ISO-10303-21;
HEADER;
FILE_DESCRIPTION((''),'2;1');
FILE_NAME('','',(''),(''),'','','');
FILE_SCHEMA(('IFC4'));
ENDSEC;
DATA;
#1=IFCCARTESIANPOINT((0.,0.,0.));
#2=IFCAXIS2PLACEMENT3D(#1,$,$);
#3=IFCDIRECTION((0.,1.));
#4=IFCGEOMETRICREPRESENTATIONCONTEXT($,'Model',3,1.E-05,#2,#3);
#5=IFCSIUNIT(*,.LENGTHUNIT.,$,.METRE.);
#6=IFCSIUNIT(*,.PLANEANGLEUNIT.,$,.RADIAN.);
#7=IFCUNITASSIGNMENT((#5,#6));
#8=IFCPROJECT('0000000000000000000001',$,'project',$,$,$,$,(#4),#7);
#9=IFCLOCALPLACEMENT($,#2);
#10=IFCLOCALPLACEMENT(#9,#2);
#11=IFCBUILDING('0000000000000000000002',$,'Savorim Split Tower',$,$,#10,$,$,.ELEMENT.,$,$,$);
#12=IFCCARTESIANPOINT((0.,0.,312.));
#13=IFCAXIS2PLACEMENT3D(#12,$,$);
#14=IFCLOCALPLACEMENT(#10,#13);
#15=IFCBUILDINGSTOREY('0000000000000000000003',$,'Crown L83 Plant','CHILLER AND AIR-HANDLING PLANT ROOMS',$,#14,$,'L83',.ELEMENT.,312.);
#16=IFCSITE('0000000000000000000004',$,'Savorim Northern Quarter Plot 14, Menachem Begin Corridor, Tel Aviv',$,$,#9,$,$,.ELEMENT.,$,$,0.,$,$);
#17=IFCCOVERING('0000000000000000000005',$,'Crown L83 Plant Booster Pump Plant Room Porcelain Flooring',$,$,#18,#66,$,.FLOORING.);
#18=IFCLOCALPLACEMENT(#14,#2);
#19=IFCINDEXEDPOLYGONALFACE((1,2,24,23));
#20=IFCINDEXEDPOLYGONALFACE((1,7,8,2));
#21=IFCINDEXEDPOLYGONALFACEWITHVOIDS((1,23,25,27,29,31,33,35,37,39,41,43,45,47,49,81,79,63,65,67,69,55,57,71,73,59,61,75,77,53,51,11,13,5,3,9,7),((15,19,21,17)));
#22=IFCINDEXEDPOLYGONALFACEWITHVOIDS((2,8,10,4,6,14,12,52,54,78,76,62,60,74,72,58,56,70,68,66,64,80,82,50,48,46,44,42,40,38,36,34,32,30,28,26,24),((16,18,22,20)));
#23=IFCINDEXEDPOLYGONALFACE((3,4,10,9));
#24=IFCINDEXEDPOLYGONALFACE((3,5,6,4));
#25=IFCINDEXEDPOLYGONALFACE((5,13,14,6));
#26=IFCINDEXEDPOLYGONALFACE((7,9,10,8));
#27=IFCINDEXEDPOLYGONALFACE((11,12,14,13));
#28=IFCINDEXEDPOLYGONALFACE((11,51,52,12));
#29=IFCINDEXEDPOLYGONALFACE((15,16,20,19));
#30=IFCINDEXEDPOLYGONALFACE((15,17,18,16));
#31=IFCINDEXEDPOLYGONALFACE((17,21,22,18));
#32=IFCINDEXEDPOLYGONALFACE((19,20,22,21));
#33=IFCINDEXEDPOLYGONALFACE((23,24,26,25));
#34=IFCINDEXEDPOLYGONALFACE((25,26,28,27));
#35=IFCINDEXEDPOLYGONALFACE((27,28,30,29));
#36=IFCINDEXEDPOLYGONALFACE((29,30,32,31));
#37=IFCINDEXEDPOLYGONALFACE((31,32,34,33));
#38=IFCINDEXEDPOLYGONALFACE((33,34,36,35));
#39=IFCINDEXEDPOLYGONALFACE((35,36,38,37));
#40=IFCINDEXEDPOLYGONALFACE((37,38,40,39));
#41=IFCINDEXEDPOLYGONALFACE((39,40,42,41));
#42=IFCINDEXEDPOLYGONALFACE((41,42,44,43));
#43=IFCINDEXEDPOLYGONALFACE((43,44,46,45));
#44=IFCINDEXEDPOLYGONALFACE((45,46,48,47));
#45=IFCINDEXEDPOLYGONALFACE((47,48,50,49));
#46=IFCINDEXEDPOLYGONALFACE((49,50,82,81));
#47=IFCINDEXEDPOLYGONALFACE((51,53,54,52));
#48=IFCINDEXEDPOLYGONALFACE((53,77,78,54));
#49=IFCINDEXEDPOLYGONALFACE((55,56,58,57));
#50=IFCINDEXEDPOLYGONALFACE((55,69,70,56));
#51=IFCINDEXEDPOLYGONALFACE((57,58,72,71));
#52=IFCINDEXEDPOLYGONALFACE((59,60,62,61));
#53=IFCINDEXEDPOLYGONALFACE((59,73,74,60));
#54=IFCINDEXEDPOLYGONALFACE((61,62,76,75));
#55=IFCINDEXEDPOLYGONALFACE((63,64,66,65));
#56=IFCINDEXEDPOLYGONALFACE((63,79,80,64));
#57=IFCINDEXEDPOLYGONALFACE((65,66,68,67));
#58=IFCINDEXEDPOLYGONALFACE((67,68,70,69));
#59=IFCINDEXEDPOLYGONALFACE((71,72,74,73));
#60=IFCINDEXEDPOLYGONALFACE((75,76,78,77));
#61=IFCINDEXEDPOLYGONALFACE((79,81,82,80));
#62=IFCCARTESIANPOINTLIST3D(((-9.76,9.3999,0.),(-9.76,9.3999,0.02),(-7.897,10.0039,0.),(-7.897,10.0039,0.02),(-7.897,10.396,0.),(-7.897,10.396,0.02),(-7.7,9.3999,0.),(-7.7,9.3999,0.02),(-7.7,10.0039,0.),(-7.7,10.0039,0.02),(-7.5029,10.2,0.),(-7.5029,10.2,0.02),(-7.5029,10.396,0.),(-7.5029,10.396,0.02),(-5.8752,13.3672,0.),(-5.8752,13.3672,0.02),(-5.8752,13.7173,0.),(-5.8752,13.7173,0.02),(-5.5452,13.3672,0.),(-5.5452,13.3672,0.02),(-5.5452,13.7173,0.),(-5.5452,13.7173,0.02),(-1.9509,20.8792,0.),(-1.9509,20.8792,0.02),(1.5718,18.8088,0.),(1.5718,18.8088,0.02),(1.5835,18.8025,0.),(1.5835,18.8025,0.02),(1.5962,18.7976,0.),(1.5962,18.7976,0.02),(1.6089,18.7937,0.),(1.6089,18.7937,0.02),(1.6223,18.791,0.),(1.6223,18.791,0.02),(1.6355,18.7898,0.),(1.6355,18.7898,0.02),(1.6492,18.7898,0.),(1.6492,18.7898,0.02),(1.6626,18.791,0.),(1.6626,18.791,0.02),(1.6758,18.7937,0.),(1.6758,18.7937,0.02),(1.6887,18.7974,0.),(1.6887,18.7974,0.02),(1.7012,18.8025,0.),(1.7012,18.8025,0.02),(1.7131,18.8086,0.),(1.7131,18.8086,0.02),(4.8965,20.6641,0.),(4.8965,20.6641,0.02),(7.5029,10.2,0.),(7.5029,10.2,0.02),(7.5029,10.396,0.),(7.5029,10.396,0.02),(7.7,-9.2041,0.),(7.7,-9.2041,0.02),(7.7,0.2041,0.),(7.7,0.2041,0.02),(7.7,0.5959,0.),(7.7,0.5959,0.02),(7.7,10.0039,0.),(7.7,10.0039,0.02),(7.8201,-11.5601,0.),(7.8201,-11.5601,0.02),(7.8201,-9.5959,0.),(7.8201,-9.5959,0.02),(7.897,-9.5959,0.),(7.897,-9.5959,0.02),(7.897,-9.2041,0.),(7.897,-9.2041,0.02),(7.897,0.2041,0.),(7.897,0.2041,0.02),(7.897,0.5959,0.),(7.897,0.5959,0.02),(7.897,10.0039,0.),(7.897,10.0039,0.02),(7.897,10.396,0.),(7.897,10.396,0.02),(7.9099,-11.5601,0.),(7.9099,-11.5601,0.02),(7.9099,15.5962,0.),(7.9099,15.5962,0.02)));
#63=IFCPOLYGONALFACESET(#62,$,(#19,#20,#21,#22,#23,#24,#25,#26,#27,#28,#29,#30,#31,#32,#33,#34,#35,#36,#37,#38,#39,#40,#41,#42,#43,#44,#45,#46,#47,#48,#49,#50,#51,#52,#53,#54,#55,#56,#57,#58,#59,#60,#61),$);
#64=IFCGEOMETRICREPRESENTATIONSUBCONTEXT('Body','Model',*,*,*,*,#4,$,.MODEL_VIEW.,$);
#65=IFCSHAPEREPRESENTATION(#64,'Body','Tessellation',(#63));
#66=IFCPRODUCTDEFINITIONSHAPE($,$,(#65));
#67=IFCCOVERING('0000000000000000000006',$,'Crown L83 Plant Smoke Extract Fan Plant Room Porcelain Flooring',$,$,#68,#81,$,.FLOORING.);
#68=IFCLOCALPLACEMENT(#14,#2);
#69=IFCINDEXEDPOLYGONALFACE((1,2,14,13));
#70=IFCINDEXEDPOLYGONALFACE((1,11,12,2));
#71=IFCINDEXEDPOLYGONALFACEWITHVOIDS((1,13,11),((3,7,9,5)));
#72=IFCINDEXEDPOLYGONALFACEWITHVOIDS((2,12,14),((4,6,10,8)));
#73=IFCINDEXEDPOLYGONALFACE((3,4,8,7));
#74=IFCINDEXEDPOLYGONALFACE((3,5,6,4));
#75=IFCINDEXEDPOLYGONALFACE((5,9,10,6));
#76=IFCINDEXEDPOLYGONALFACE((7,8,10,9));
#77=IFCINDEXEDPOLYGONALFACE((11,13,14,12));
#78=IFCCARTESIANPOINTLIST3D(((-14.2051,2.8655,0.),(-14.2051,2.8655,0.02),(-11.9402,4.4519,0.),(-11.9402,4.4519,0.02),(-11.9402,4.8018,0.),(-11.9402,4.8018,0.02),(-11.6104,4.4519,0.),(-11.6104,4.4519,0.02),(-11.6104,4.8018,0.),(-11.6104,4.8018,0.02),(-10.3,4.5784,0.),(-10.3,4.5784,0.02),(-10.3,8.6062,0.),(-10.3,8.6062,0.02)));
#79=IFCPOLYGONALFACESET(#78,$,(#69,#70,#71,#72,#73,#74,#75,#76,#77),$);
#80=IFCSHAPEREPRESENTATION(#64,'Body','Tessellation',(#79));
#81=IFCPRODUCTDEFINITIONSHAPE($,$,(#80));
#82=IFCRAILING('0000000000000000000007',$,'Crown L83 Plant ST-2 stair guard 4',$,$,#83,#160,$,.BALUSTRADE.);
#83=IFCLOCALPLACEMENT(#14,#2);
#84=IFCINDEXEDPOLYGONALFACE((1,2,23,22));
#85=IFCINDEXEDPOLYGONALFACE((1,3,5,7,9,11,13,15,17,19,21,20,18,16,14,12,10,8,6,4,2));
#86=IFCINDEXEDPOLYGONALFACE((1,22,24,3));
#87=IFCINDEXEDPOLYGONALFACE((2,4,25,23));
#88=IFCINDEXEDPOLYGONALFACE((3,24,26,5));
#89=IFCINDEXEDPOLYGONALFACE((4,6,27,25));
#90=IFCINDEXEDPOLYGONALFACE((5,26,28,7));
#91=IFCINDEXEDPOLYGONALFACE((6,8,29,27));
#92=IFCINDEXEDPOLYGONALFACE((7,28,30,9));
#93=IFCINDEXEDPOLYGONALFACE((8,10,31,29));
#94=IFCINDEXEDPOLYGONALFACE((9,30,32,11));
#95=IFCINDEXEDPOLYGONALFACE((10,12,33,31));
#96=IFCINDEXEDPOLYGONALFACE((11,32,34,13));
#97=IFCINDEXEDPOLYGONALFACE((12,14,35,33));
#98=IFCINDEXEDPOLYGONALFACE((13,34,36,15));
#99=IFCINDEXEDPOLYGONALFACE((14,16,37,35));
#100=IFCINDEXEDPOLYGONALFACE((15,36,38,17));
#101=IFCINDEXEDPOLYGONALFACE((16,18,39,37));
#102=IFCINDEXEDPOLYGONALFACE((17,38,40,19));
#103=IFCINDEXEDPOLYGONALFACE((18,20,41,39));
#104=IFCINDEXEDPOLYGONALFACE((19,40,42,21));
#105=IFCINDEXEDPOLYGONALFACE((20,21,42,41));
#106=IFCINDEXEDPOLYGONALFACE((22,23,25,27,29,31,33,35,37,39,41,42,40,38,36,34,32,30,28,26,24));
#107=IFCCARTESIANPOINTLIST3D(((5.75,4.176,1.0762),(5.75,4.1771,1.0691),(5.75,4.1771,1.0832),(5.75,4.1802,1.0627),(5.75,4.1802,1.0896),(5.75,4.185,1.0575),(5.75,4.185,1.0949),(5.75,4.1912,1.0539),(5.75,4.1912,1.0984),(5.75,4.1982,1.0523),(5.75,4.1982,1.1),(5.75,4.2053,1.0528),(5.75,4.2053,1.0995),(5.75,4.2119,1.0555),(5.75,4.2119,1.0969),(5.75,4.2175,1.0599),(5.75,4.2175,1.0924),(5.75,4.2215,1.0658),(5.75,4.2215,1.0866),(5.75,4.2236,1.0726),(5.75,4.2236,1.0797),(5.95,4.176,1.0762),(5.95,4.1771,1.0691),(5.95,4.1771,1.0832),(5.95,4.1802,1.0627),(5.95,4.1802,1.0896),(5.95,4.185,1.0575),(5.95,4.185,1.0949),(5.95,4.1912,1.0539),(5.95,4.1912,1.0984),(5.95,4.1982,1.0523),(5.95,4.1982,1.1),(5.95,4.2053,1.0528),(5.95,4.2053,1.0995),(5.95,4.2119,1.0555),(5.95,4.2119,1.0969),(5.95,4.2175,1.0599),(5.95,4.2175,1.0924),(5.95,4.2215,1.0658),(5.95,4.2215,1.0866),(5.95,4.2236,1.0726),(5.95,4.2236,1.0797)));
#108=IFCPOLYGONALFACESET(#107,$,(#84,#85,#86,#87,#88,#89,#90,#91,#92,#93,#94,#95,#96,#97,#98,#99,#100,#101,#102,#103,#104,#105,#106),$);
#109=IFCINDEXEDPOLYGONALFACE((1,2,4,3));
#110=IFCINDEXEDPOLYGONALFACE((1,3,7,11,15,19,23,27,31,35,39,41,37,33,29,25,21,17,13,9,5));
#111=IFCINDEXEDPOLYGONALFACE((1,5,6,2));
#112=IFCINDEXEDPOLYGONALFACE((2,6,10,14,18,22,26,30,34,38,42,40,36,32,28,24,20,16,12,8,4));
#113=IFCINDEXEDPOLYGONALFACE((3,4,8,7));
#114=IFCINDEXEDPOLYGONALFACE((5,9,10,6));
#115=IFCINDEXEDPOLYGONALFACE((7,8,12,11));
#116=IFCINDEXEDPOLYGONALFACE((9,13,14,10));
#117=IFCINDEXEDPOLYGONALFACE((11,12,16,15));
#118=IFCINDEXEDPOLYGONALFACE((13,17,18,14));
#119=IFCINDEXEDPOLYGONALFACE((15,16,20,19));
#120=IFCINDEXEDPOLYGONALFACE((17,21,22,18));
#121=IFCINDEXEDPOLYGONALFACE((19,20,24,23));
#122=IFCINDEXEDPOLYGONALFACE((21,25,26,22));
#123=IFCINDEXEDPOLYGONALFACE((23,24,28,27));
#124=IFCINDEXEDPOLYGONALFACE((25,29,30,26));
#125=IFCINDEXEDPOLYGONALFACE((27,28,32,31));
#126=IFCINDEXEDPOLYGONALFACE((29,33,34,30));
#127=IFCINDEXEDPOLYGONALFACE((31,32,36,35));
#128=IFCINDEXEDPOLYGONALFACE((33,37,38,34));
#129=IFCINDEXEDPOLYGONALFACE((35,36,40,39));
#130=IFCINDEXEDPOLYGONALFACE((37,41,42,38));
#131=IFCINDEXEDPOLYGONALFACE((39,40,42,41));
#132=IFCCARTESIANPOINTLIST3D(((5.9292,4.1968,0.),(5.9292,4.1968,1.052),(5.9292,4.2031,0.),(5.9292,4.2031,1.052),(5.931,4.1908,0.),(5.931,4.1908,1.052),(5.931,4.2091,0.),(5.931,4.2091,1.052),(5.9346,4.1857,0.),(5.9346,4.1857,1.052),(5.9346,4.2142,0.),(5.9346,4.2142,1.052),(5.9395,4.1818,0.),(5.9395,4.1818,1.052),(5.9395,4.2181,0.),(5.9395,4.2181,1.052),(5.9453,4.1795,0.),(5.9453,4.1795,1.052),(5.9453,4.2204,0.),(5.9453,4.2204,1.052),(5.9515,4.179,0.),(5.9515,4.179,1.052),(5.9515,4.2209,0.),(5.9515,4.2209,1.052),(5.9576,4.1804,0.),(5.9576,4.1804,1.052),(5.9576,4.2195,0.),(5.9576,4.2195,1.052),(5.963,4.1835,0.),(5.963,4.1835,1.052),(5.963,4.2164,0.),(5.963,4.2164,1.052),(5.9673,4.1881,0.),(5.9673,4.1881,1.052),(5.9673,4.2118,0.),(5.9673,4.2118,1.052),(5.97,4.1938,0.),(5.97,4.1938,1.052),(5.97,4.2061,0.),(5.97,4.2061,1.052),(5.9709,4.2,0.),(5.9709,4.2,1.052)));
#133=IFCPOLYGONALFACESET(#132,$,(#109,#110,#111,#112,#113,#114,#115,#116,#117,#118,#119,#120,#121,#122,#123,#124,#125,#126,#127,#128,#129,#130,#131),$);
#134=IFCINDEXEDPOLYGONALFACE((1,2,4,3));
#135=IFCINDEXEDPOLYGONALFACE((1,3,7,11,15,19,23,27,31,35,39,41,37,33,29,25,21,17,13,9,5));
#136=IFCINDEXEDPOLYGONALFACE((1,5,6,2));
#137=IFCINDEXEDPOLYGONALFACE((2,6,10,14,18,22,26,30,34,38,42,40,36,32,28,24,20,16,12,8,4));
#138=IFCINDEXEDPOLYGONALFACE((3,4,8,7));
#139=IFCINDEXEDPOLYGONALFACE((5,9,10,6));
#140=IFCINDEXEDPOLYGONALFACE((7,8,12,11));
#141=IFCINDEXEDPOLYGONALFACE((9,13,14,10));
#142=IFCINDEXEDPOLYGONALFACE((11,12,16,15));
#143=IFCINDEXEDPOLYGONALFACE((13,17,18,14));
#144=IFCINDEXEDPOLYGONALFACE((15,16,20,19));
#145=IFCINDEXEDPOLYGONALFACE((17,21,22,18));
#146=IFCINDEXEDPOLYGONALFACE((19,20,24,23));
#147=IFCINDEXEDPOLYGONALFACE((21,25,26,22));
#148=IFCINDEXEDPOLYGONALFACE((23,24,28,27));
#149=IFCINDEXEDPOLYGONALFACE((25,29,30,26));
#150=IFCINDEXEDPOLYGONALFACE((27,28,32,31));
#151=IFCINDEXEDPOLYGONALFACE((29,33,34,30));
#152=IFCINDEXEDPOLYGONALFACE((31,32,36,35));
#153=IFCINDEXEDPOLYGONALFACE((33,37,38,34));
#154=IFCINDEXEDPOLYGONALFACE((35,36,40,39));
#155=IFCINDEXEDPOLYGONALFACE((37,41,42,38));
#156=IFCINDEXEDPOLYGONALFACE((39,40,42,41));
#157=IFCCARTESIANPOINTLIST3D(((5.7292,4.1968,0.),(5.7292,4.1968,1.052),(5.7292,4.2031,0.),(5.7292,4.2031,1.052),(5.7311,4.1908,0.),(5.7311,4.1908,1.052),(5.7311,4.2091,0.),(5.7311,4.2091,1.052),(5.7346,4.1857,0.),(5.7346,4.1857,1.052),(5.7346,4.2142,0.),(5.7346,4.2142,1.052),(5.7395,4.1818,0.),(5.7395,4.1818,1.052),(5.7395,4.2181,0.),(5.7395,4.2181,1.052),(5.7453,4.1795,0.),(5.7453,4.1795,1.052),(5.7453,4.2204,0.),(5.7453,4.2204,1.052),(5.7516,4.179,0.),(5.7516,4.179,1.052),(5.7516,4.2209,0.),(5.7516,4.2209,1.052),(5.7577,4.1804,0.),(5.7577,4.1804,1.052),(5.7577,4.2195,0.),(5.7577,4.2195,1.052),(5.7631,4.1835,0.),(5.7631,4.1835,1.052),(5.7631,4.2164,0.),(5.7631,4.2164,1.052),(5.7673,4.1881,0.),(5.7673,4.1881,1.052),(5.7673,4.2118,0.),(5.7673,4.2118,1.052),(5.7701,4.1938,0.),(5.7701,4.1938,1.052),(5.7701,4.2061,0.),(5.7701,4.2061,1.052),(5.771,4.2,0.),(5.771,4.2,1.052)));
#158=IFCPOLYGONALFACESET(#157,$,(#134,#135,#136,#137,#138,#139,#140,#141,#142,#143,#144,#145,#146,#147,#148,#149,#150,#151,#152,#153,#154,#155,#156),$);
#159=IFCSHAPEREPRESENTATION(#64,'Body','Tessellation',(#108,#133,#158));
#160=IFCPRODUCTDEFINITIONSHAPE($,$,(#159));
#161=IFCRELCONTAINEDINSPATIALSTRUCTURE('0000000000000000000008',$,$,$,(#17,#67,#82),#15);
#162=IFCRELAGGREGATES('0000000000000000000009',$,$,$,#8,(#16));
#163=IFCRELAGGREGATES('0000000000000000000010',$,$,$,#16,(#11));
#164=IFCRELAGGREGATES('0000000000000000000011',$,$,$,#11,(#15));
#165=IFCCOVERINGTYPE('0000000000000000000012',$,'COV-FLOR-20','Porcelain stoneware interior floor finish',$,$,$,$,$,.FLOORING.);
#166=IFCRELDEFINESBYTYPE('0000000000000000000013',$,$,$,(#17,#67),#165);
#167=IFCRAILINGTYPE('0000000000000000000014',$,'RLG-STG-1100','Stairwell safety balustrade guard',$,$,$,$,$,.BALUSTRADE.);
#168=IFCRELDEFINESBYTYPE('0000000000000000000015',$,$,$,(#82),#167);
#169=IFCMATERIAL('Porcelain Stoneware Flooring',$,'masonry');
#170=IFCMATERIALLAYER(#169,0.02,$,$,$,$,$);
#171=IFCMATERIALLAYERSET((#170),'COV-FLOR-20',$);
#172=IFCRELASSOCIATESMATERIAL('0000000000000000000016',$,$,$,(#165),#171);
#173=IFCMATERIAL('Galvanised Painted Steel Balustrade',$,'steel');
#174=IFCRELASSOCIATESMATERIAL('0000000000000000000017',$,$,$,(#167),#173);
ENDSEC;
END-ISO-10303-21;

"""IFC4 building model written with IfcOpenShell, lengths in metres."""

from ifc_helpers import new_model, si_unit, direction, frame, origin, origin_2d, place, context, subcontext, project, spatial, polyline, circle, outline, extrude, material, layer, layer_set, type_object, element, save


model = new_model("IFC4")

# Units and contexts
model_context = context("Model", 3, precision=1e-05, world=origin(), true_north=direction((0.0, 1.0)))
body_context = subcontext(model_context, "Body", "Model", "MODEL_VIEW")
ifc_project = project(units=[si_unit("LENGTHUNIT", "METRE"), si_unit("PLANEANGLEUNIT", "RADIAN")], contexts=[model_context])

# Site, building, storey
site_placement = place(None, origin())
site = spatial("IfcSite", under=ifc_project, at=site_placement, Name="Savorim Northern Quarter Plot 14, Menachem Begin Corridor, Tel Aviv", CompositionType="ELEMENT", RefElevation=0.0)
building_placement = place(site_placement, origin())
building = spatial("IfcBuilding", under=site, at=building_placement, Name="Savorim Split Tower", CompositionType="ELEMENT")
storey_placement = place(building_placement, frame((0.0, 0.0, 312.0)))
storey = spatial("IfcBuildingStorey", under=building, at=storey_placement, Name="Crown L83 Plant", Description="CHILLER AND AIR-HANDLING PLANT ROOMS", LongName="L83", CompositionType="ELEMENT", Elevation=312.0)

# Coverings
ifc_material_1 = material(Name="Porcelain Stoneware Flooring", Category="masonry")
ifc_layer_1 = layer(ifc_material_1, 0.02)
ifc_layer_set_1 = layer_set([ifc_layer_1], Name="COV-FLOR-20")
covering_type_1 = type_object("IfcCoveringType", Name="COV-FLOR-20", Description="Porcelain stoneware interior floor finish", PredefinedType="FLOORING", material=ifc_layer_set_1)
covering_1_placement = place(storey_placement, origin())
element("IfcCovering", 1, at=covering_1_placement, inside=storey, type_object=covering_type_1, Name="Crown L83 Plant Booster Pump Plant Room Porcelain Flooring", PredefinedType="FLOORING", context=body_context, shape_type="SweptSolid", body=[
    extrude(outline(polyline([(1.5835, 18.8025), (1.5718, 18.8088), (-1.9509, 20.8792), (-9.76, 9.3999), (-7.7, 9.3999), (-7.7, 10.0039), (-7.897, 10.0039), (-7.897, 10.396), (-7.5029, 10.396), (-7.5029, 10.2), (7.5029, 10.2), (7.5029, 10.396), (7.897, 10.396), (7.897, 10.0039), (7.7, 10.0039), (7.7, 0.5959), (7.897, 0.5959), (7.897, 0.2041), (7.7, 0.2041), (7.7, -9.2041), (7.897, -9.2041), (7.897, -9.5959), (7.8201, -9.5959), (7.8201, -11.5601), (7.9099, -11.5601), (7.9099, 15.5962), (4.8965, 20.6641), (1.7131, 18.8086), (1.7012, 18.8025), (1.6887, 18.7974), (1.6758, 18.7937), (1.6626, 18.791), (1.6492, 18.7898), (1.6355, 18.7898), (1.6223, 18.791), (1.6089, 18.7937), (1.5962, 18.7976), (1.5835, 18.8025)]), holes=[polyline([(-5.5452, 13.7173), (-5.8752, 13.7173), (-5.8752, 13.3672), (-5.5452, 13.3672), (-5.5452, 13.7173)])]), origin(), (0.0, 0.0, 1.0), 0.02),
])
covering_2_placement = place(storey_placement, origin())
element("IfcCovering", 2, at=covering_2_placement, inside=storey, type_object=covering_type_1, Name="Crown L83 Plant Smoke Extract Fan Plant Room Porcelain Flooring", PredefinedType="FLOORING", context=body_context, shape_type="SweptSolid", body=[
    extrude(outline(polyline([(-14.2051, 2.8655), (-10.3, 4.5784), (-10.3, 8.6062), (-14.2051, 2.8655)]), holes=[polyline([(-11.6104, 4.4519), (-11.6104, 4.8018), (-11.9402, 4.8018), (-11.9402, 4.4519), (-11.6104, 4.4519)])]), origin(), (0.0, 0.0, 1.0), 0.02),
])

# Railing
ifc_material_2 = material(Name="Galvanised Painted Steel Balustrade", Category="steel")
railing_type = type_object("IfcRailingType", Name="RLG-STG-1100", Description="Stairwell safety balustrade guard", PredefinedType="BALUSTRADE", material=ifc_material_2)
railing_placement = place(storey_placement, frame((5.95, 4.2, 0.0)))
element("IfcRailing", 3, at=railing_placement, inside=storey, type_object=railing_type, Name="Crown L83 Plant ST-2 stair guard 4", PredefinedType="BALUSTRADE", context=body_context, shape_type="SweptSolid", body=[
    extrude(circle(Radius=0.0239, at=origin_2d()), frame((0.0, 0.0, 1.0762), z_axis=(-1.0, 0.0, 0.0), x_axis=(0.0, -1.0, 0.0)), (0.0, 0.0, 1.0), 0.2),
    extrude(circle(Radius=0.021, at=origin_2d()), origin(), (0.0, 0.0, 1.0), 1.052),
    extrude(circle(Radius=0.021, at=origin_2d()), frame((-0.2, 0.0, 0.0)), (0.0, 0.0, 1.0), 1.052),
])

save(model, "model.ifc")
